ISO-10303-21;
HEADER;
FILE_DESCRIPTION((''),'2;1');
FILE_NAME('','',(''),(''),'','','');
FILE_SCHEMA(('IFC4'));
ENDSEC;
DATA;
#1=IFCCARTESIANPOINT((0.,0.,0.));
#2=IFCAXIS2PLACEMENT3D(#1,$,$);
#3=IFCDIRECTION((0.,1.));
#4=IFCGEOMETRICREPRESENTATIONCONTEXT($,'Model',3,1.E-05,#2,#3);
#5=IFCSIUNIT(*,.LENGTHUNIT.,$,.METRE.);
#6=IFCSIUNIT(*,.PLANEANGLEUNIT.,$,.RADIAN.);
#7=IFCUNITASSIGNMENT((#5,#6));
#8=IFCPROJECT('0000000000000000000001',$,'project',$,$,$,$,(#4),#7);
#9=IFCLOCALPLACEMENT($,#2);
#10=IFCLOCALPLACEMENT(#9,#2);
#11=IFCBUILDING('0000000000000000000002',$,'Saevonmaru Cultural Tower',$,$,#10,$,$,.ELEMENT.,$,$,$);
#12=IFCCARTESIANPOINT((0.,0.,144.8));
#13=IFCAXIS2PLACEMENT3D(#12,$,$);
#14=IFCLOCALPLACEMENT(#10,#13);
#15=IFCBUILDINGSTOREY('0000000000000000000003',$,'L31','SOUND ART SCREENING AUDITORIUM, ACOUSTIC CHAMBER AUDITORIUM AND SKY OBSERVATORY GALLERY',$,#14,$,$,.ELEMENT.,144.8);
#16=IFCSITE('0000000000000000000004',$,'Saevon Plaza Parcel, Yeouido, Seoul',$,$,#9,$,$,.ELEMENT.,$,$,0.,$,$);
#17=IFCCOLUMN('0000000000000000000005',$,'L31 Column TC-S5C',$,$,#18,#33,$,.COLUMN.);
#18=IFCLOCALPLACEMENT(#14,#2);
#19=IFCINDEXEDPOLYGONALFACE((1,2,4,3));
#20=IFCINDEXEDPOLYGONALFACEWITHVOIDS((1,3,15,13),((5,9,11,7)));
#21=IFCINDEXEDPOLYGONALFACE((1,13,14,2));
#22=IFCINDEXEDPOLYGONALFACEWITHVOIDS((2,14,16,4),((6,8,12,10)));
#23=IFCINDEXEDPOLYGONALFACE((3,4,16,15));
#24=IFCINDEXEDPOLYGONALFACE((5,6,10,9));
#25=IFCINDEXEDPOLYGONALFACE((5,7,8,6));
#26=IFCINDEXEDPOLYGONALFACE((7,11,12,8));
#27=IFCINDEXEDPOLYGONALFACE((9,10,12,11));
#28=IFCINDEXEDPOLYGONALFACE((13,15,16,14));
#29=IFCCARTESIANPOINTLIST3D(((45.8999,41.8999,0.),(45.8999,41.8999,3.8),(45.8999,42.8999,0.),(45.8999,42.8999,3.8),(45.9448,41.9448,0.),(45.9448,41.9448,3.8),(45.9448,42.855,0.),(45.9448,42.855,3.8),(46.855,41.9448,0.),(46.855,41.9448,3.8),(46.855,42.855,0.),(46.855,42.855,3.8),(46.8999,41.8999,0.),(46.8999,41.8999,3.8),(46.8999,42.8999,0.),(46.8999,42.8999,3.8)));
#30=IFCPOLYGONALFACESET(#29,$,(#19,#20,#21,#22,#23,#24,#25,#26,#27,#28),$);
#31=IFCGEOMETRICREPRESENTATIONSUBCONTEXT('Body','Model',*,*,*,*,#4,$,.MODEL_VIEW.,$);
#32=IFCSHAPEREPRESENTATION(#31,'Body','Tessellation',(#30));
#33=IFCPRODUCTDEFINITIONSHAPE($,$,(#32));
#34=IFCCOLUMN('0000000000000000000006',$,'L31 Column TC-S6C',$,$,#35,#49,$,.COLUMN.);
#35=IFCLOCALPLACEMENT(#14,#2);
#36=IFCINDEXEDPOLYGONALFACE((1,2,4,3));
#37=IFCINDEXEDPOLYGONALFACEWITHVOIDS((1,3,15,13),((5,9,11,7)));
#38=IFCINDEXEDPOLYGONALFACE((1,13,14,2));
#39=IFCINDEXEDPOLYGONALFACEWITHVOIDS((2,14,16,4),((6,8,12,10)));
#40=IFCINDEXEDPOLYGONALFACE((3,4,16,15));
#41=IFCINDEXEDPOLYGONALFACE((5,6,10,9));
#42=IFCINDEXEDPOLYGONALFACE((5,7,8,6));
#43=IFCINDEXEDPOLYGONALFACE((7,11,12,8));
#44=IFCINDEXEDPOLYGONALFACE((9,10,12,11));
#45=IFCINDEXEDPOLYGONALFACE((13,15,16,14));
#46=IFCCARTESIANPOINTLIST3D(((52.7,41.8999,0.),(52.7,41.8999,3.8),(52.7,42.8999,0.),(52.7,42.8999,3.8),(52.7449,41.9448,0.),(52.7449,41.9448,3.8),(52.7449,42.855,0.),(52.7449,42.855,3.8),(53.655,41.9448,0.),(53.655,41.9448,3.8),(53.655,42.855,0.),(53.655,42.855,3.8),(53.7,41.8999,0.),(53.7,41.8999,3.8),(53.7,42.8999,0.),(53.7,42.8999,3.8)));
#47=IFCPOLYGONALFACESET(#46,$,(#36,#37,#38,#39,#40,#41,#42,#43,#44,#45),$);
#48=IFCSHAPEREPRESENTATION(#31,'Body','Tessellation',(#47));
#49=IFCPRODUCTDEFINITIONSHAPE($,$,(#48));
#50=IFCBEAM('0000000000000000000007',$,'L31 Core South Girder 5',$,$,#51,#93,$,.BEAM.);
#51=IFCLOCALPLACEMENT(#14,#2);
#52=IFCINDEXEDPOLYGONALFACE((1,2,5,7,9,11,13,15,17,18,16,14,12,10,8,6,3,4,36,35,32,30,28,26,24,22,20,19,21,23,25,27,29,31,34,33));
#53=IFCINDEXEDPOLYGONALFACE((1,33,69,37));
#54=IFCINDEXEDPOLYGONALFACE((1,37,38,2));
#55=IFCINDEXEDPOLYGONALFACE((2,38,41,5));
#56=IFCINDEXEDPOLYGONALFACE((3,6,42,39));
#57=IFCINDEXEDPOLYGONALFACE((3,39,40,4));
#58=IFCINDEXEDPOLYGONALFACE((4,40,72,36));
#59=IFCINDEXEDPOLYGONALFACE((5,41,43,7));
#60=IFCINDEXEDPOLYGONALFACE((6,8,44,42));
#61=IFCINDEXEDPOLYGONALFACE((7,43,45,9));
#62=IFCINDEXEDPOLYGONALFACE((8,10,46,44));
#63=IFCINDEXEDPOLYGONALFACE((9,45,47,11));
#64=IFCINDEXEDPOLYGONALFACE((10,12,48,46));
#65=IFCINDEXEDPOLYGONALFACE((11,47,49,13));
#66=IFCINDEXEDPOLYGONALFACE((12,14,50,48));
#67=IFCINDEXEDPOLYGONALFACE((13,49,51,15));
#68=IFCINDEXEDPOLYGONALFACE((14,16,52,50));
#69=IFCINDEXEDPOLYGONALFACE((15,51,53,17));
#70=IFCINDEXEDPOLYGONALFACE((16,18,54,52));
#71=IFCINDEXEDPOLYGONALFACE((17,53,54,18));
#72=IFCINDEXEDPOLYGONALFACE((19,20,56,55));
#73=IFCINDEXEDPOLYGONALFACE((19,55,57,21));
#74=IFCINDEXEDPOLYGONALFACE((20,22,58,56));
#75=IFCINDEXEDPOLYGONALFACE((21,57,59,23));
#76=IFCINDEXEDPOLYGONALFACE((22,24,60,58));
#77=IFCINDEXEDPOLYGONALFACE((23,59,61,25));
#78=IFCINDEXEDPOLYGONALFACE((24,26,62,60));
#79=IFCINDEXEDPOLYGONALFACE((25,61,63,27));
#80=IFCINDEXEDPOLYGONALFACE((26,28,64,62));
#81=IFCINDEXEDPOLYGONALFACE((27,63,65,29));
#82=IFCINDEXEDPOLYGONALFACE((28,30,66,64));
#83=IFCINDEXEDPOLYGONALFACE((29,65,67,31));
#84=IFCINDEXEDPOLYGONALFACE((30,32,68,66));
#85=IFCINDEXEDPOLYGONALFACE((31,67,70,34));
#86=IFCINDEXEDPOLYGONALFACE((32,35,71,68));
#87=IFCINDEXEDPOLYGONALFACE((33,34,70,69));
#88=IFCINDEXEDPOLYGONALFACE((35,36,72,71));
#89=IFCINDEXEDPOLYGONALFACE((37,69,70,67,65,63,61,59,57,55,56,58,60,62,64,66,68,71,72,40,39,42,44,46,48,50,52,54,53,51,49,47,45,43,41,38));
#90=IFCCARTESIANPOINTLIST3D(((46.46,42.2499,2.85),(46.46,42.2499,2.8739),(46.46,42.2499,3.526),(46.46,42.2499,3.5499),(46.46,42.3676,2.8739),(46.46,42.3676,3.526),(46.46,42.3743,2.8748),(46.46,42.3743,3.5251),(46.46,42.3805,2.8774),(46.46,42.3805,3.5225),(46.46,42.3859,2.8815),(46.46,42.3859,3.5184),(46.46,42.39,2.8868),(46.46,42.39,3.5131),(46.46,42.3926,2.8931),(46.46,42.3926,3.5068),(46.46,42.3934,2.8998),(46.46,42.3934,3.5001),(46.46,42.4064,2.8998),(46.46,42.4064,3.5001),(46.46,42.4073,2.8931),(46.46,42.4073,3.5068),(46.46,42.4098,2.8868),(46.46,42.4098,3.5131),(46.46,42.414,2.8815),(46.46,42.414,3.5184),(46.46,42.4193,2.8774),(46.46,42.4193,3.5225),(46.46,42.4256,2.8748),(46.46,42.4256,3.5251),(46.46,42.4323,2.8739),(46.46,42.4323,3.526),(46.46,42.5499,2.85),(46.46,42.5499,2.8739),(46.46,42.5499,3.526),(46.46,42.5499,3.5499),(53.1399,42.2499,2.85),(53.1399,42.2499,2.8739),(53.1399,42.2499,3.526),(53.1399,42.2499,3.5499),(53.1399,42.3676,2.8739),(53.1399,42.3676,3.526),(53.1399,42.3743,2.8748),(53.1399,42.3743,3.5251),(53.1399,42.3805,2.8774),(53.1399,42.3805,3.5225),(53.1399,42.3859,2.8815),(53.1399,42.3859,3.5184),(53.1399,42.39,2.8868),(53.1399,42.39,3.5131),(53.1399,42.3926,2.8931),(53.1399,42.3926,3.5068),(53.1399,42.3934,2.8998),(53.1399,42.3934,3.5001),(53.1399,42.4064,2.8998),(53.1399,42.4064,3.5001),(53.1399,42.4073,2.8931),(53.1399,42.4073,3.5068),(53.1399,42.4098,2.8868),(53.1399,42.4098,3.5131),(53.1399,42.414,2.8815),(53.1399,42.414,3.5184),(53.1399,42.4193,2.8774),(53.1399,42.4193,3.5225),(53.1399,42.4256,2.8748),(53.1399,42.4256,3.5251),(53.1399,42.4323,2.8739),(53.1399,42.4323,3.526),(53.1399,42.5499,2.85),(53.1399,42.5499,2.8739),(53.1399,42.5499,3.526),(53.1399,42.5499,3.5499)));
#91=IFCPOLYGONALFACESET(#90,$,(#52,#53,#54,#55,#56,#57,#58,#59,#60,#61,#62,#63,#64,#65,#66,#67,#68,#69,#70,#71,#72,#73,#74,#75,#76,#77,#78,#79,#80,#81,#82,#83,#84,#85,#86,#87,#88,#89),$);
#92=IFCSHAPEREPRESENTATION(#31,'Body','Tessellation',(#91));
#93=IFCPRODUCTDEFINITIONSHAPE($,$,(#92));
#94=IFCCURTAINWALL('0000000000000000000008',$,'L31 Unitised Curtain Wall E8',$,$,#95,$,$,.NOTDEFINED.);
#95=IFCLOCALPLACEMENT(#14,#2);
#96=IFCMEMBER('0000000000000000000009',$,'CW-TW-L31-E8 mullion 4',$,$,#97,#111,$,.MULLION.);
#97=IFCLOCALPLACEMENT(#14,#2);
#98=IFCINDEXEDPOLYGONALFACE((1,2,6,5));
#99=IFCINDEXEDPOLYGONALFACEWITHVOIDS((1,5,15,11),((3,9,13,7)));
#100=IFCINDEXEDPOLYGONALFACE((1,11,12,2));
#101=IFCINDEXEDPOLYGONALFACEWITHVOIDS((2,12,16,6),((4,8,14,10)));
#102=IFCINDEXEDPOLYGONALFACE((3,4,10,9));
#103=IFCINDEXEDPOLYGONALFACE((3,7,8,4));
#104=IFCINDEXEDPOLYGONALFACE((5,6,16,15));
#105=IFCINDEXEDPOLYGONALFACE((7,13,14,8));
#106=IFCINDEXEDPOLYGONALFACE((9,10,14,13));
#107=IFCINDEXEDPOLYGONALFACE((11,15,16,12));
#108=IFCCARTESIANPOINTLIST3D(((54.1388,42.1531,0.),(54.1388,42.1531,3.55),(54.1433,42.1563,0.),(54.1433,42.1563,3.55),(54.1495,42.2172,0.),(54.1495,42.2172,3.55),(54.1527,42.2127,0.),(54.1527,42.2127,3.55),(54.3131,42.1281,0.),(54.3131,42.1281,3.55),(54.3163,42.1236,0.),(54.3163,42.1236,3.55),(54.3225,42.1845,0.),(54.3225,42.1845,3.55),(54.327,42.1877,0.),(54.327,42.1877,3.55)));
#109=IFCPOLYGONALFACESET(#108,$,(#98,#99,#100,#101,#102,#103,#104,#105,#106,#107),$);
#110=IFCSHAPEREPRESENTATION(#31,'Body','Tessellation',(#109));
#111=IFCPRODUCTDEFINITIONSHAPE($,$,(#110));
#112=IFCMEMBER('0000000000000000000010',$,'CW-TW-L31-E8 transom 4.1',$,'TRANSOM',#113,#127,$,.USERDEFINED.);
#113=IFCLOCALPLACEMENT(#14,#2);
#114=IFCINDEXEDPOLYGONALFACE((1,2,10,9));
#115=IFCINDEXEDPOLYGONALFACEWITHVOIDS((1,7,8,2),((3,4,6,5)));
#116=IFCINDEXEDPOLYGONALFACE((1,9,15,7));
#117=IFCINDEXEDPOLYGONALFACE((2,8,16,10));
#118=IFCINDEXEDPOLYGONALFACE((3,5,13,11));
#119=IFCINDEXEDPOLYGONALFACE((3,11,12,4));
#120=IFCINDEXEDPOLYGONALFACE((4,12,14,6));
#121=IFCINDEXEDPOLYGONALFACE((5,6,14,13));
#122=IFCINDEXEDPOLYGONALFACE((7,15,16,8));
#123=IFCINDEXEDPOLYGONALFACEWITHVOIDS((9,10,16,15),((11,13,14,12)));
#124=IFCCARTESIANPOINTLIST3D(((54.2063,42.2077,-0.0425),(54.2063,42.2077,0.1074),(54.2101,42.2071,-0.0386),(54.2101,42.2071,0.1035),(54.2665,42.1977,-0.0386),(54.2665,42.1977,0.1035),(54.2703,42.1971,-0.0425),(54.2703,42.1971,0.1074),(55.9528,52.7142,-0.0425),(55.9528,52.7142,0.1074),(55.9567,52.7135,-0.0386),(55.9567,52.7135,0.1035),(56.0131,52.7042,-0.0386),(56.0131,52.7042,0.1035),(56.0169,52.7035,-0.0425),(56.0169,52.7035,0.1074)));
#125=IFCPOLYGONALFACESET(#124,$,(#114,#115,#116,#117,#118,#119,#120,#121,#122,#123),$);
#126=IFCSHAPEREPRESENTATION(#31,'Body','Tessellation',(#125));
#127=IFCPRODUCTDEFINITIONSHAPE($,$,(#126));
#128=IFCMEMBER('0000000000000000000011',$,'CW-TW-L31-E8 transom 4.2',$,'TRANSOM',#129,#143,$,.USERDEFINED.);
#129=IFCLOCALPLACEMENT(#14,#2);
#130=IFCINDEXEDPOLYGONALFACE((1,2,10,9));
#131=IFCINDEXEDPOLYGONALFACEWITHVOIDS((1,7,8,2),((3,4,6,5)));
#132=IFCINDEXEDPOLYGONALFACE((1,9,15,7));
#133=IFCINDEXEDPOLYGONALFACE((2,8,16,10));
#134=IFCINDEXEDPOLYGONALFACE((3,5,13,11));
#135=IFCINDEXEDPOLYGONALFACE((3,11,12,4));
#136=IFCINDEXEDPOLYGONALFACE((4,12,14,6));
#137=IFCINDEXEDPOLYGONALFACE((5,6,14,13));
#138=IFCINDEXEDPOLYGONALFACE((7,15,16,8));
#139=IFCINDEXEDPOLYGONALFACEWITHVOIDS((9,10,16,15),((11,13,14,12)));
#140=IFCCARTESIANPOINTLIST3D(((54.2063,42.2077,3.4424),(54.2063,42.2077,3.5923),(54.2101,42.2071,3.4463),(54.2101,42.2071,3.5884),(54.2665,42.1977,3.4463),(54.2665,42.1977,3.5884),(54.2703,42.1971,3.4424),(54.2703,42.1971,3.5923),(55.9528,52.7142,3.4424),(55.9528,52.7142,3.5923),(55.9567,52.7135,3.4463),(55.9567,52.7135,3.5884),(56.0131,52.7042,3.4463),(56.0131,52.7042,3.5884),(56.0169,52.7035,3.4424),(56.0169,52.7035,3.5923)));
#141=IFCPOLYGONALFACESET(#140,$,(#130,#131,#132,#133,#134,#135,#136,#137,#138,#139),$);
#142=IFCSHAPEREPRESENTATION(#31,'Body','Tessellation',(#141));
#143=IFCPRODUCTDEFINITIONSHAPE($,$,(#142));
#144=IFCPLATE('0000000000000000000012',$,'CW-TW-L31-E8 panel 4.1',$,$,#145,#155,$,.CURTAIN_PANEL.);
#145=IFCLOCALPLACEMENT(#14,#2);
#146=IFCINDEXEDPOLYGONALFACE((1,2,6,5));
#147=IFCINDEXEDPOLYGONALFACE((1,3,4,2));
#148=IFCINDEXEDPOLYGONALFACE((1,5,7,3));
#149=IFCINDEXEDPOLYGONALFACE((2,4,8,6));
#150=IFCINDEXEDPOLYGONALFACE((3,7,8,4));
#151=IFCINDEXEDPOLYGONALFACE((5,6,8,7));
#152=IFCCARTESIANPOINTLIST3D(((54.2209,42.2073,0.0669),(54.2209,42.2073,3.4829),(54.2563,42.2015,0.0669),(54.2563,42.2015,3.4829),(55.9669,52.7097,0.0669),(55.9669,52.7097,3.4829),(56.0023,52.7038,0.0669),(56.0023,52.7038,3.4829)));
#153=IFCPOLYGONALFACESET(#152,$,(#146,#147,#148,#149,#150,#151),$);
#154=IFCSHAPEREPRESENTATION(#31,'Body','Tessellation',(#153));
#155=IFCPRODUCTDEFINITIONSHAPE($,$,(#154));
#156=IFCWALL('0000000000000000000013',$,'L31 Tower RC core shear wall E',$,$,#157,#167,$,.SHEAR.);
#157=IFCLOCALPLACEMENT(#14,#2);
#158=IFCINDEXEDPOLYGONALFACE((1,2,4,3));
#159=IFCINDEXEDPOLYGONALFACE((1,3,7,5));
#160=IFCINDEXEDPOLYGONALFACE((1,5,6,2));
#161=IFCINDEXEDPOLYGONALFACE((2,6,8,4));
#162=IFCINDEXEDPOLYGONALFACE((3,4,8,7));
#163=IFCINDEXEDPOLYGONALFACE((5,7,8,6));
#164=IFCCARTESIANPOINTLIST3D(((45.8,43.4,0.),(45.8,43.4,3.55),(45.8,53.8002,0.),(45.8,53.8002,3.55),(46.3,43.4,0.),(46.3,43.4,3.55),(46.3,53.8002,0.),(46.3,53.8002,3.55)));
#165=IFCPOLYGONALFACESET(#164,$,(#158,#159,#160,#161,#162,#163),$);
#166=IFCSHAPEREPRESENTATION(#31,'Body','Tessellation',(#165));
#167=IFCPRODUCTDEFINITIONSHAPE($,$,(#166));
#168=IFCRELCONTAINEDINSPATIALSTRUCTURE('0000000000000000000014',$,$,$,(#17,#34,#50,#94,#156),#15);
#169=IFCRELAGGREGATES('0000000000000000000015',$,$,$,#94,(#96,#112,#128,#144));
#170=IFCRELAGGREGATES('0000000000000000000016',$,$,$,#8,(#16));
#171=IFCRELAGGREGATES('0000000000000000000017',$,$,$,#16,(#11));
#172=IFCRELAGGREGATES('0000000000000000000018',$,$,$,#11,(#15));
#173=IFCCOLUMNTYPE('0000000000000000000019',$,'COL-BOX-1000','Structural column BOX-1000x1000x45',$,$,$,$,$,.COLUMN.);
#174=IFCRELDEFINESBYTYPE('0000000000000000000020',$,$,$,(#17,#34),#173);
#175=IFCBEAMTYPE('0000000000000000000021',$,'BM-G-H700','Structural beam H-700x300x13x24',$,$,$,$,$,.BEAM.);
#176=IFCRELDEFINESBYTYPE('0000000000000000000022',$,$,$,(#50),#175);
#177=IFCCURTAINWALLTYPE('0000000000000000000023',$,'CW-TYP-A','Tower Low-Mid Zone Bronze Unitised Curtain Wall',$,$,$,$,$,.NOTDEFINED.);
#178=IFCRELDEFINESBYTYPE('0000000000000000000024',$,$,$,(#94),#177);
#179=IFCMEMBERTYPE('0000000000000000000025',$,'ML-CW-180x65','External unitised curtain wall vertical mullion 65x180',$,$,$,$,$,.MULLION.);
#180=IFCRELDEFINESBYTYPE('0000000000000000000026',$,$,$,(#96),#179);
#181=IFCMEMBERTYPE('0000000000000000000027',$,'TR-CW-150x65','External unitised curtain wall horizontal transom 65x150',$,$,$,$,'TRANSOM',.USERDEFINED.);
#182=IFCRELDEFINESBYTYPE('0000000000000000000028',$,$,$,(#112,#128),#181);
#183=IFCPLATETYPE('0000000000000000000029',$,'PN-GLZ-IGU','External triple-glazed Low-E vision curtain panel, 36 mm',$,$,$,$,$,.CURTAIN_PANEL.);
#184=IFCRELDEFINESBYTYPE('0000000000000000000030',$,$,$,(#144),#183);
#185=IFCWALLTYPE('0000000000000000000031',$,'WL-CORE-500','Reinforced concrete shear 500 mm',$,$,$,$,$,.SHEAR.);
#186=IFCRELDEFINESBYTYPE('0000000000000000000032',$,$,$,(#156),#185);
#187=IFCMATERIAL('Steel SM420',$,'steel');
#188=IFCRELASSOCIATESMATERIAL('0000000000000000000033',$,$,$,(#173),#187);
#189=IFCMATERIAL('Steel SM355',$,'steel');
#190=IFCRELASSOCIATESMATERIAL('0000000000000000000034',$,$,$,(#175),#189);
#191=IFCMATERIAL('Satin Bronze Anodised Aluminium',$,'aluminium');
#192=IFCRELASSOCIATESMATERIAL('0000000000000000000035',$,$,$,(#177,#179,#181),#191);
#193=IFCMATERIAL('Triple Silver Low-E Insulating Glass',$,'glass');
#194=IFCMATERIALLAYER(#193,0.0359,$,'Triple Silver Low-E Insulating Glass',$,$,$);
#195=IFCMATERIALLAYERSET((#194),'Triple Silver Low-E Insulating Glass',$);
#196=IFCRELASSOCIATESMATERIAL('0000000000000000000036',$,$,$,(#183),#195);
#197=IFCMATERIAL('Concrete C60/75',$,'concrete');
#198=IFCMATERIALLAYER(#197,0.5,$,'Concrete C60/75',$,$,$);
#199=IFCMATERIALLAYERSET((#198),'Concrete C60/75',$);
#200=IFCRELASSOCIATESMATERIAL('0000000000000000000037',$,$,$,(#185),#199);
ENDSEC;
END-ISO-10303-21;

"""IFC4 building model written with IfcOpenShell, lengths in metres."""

from ifc_helpers import new_model, si_unit, direction, frame, frame_2d, origin, origin_2d, place, context, subcontext, project, spatial, rectangle, hollow_rectangle, i_section, extrude, material, layer, layer_set, material_profile, profile_set, type_object, element, aggregate, save


model = new_model("IFC4")

# Units and contexts
model_context = context("Model", 3, precision=1e-05, world=origin(), true_north=direction((0.0, 1.0)))
body_context = subcontext(model_context, "Body", "Model", "MODEL_VIEW")
ifc_project = project(units=[si_unit("LENGTHUNIT", "METRE"), si_unit("PLANEANGLEUNIT", "RADIAN")], contexts=[model_context])

# Site, building, storey
site_placement = place(None, origin())
site = spatial("IfcSite", under=ifc_project, at=site_placement, Name="Saevon Plaza Parcel, Yeouido, Seoul", CompositionType="ELEMENT", RefElevation=0.0)
building_placement = place(site_placement, origin())
building = spatial("IfcBuilding", under=site, at=building_placement, Name="Saevonmaru Cultural Tower", CompositionType="ELEMENT")
storey_placement = place(building_placement, frame((0.0, 0.0, 144.8)))
storey = spatial("IfcBuildingStorey", under=building, at=storey_placement, Name="L31", Description="SOUND ART SCREENING AUDITORIUM, ACOUSTIC CHAMBER AUDITORIUM AND SKY OBSERVATORY GALLERY", CompositionType="ELEMENT", Elevation=144.8)

# Columns
ifc_material_1 = material(Name="Steel SM420", Category="steel")
ifc_material_profile_1 = material_profile(ifc_material_1, hollow_rectangle(XDim=1.0, YDim=1.0, WallThickness=0.0449, at=origin_2d()), Name="BOX-1000x1000x45")
ifc_profile_set_1 = profile_set([ifc_material_profile_1], Name="Steel SM420")
column_type = type_object("IfcColumnType", Name="COL-BOX-1000", Description="Structural column BOX-1000x1000x45", PredefinedType="COLUMN", material=ifc_profile_set_1)
for number, where, z_axis, x_axis, name in (
    (1, (46.3999, 42.3999, 0.0), (0.0, 0.0, 1.0), (1.0, 0.0, 0.0), "L31 Column TC-S5C"),
    (2, (53.2, 42.3999, 0.0), (0.0, 0.0, 1.0), (1.0, 0.0, 0.0), "L31 Column TC-S6C"),
):
    element("IfcColumn", number, at=place(storey_placement, frame(where, z_axis=z_axis, x_axis=x_axis)), inside=storey, type_object=column_type, Name=name, PredefinedType="COLUMN", context=body_context, shape_type="SweptSolid", body=[
        extrude(hollow_rectangle(XDim=1.0, YDim=1.0, WallThickness=0.0449, at=origin_2d()), origin(), (0.0, 0.0, 1.0), 3.8),
    ])

# Beam
ifc_material_2 = material(Name="Steel SM355", Category="steel")
ifc_material_profile_2 = material_profile(ifc_material_2, i_section(OverallWidth=0.3, OverallDepth=0.7, WebThickness=0.0129, FlangeThickness=0.0239, FilletRadius=0.0259, at=origin_2d()), Name="H-700x300x13x24")
ifc_profile_set_2 = profile_set([ifc_material_profile_2], Name="Steel SM355")
beam_type = type_object("IfcBeamType", Name="BM-G-H700", Description="Structural beam H-700x300x13x24", PredefinedType="BEAM", material=ifc_profile_set_2)
beam_placement = place(storey_placement, frame((46.46, 42.3999, 3.2), z_axis=(1.0, 0.0, 0.0), x_axis=(0.0, 1.0, 0.0)))
element("IfcBeam", 3, at=beam_placement, inside=storey, type_object=beam_type, Name="L31 Core South Girder 5", PredefinedType="BEAM", context=body_context, shape_type="SweptSolid", body=[
    extrude(i_section(OverallWidth=0.3, OverallDepth=0.7, WebThickness=0.0129, FlangeThickness=0.0239, FilletRadius=0.0259, at=origin_2d()), origin(), (0.0, 0.0, 1.0), 6.6799),
])

# Curtain wall, members, plate
ifc_material_3 = material(Name="Satin Bronze Anodised Aluminium", Category="aluminium")
curtain_wall_type = type_object("IfcCurtainWallType", Name="CW-TYP-A", Description="Tower Low-Mid Zone Bronze Unitised Curtain Wall", PredefinedType="NOTDEFINED", material=ifc_material_3)
curtain_wall_placement = place(storey_placement, origin())
curtain_wall = element("IfcCurtainWall", 4, at=curtain_wall_placement, inside=storey, type_object=curtain_wall_type, Name="L31 Unitised Curtain Wall E8", PredefinedType="NOTDEFINED")
ifc_material_profile_3 = material_profile(ifc_material_3, hollow_rectangle(XDim=0.0649, YDim=0.1799, WallThickness=0.0039, at=origin_2d()), Name="ALU-MULL-180x65x4")
ifc_profile_set_3 = profile_set([ifc_material_profile_3], Name="Satin Bronze Anodised Aluminium")
member_type_1 = type_object("IfcMemberType", Name="ML-CW-180x65", Description="External unitised curtain wall vertical mullion 65x180", PredefinedType="MULLION", material=ifc_profile_set_3)
member_1_placement = place(storey_placement, frame((54.2329, 42.1704, 0.0), z_axis=(0.0, 0.0, 1.0), x_axis=(0.163999, 0.986461, 0.0)))
member_1 = element("IfcMember", 5, at=member_1_placement, type_object=member_type_1, Name="CW-TW-L31-E8 mullion 4", PredefinedType="MULLION", context=body_context, shape_type="SweptSolid", body=[
    extrude(hollow_rectangle(XDim=0.0649, YDim=0.1799, WallThickness=0.0039, at=origin_2d()), origin(), (0.0, 0.0, 1.0), 3.55),
])
ifc_material_profile_4 = material_profile(ifc_material_3, hollow_rectangle(XDim=0.0649, YDim=0.1499, WallThickness=0.0039, at=origin_2d()), Name="ALU-TRAN-150x65x4")
ifc_profile_set_4 = profile_set([ifc_material_profile_4], Name="Satin Bronze Anodised Aluminium")
member_type_2 = type_object("IfcMemberType", Name="TR-CW-150x65", Description="External unitised curtain wall horizontal transom 65x150", ElementType="TRANSOM", PredefinedType="USERDEFINED", material=ifc_profile_set_4)
member_2_placement = place(storey_placement, frame((54.2383, 42.2024, 0.0325), z_axis=(0.16399, 0.986462, 0.0), x_axis=(-0.986462, 0.16399, 0.0)))
member_2 = element("IfcMember", 6, at=member_2_placement, type_object=member_type_2, Name="CW-TW-L31-E8 transom 4.1", ObjectType="TRANSOM", PredefinedType="USERDEFINED", context=body_context, shape_type="SweptSolid", body=[
    extrude(hollow_rectangle(XDim=0.0649, YDim=0.1499, WallThickness=0.0039, at=origin_2d()), origin(), (0.0, 0.0, 1.0), 10.6506),
])
member_3_placement = place(storey_placement, frame((54.2383, 42.2024, 3.5173), z_axis=(0.16399, 0.986462, 0.0), x_axis=(-0.986462, 0.16399, 0.0)))
member_3 = element("IfcMember", 7, at=member_3_placement, type_object=member_type_2, Name="CW-TW-L31-E8 transom 4.2", ObjectType="TRANSOM", PredefinedType="USERDEFINED", context=body_context, shape_type="SweptSolid", body=[
    extrude(hollow_rectangle(XDim=0.0649, YDim=0.1499, WallThickness=0.0039, at=origin_2d()), origin(), (0.0, 0.0, 1.0), 10.6506),
])
ifc_material_4 = material(Name="Triple Silver Low-E Insulating Glass", Category="glass")
ifc_layer_1 = layer(ifc_material_4, 0.0359, Name="Triple Silver Low-E Insulating Glass")
ifc_layer_set_1 = layer_set([ifc_layer_1], Name="Triple Silver Low-E Insulating Glass")
plate_type = type_object("IfcPlateType", Name="PN-GLZ-IGU", Description="External triple-glazed Low-E vision curtain panel, 36 mm", PredefinedType="CURTAIN_PANEL", material=ifc_layer_set_1)
plate_placement = place(storey_placement, frame((55.1116, 47.4556, 0.0669), z_axis=(0.0, 0.0, 1.0), x_axis=(0.163999, 0.986461, 0.0)))
plate = element("IfcPlate", 8, at=plate_placement, type_object=plate_type, Name="CW-TW-L31-E8 panel 4.1", PredefinedType="CURTAIN_PANEL", context=body_context, shape_type="SweptSolid", body=[
    extrude(rectangle(XDim=10.6465, YDim=0.0359, at=origin_2d()), origin(), (0.0, 0.0, 1.0), 3.416),
])
aggregate(curtain_wall, [member_1, member_2, member_3, plate])

# Wall
ifc_material_5 = material(Name="Concrete C60/75", Category="concrete")
ifc_layer_2 = layer(ifc_material_5, 0.5, Name="Concrete C60/75")
ifc_layer_set_2 = layer_set([ifc_layer_2], Name="Concrete C60/75")
wall_type_1 = type_object("IfcWallType", Name="WL-CORE-500", Description="Reinforced concrete shear 500 mm", PredefinedType="SHEAR", material=ifc_layer_set_2)
wall_1_placement = place(storey_placement, frame((46.05, 43.3999, 0.0), z_axis=(0.0, 0.0, 1.0), x_axis=(0.0, 1.0, 0.0)))
element("IfcWall", 9, at=wall_1_placement, inside=storey, type_object=wall_type_1, Name="L31 Tower RC core shear wall E", PredefinedType="SHEAR", context=body_context, shape_type="SweptSolid", body=[
    extrude(rectangle(XDim=10.4001, YDim=0.5, at=frame_2d((5.2002, 0.0))), origin(), (0.0, 0.0, 1.0), 3.55),
])

save(model, "model.ifc")
